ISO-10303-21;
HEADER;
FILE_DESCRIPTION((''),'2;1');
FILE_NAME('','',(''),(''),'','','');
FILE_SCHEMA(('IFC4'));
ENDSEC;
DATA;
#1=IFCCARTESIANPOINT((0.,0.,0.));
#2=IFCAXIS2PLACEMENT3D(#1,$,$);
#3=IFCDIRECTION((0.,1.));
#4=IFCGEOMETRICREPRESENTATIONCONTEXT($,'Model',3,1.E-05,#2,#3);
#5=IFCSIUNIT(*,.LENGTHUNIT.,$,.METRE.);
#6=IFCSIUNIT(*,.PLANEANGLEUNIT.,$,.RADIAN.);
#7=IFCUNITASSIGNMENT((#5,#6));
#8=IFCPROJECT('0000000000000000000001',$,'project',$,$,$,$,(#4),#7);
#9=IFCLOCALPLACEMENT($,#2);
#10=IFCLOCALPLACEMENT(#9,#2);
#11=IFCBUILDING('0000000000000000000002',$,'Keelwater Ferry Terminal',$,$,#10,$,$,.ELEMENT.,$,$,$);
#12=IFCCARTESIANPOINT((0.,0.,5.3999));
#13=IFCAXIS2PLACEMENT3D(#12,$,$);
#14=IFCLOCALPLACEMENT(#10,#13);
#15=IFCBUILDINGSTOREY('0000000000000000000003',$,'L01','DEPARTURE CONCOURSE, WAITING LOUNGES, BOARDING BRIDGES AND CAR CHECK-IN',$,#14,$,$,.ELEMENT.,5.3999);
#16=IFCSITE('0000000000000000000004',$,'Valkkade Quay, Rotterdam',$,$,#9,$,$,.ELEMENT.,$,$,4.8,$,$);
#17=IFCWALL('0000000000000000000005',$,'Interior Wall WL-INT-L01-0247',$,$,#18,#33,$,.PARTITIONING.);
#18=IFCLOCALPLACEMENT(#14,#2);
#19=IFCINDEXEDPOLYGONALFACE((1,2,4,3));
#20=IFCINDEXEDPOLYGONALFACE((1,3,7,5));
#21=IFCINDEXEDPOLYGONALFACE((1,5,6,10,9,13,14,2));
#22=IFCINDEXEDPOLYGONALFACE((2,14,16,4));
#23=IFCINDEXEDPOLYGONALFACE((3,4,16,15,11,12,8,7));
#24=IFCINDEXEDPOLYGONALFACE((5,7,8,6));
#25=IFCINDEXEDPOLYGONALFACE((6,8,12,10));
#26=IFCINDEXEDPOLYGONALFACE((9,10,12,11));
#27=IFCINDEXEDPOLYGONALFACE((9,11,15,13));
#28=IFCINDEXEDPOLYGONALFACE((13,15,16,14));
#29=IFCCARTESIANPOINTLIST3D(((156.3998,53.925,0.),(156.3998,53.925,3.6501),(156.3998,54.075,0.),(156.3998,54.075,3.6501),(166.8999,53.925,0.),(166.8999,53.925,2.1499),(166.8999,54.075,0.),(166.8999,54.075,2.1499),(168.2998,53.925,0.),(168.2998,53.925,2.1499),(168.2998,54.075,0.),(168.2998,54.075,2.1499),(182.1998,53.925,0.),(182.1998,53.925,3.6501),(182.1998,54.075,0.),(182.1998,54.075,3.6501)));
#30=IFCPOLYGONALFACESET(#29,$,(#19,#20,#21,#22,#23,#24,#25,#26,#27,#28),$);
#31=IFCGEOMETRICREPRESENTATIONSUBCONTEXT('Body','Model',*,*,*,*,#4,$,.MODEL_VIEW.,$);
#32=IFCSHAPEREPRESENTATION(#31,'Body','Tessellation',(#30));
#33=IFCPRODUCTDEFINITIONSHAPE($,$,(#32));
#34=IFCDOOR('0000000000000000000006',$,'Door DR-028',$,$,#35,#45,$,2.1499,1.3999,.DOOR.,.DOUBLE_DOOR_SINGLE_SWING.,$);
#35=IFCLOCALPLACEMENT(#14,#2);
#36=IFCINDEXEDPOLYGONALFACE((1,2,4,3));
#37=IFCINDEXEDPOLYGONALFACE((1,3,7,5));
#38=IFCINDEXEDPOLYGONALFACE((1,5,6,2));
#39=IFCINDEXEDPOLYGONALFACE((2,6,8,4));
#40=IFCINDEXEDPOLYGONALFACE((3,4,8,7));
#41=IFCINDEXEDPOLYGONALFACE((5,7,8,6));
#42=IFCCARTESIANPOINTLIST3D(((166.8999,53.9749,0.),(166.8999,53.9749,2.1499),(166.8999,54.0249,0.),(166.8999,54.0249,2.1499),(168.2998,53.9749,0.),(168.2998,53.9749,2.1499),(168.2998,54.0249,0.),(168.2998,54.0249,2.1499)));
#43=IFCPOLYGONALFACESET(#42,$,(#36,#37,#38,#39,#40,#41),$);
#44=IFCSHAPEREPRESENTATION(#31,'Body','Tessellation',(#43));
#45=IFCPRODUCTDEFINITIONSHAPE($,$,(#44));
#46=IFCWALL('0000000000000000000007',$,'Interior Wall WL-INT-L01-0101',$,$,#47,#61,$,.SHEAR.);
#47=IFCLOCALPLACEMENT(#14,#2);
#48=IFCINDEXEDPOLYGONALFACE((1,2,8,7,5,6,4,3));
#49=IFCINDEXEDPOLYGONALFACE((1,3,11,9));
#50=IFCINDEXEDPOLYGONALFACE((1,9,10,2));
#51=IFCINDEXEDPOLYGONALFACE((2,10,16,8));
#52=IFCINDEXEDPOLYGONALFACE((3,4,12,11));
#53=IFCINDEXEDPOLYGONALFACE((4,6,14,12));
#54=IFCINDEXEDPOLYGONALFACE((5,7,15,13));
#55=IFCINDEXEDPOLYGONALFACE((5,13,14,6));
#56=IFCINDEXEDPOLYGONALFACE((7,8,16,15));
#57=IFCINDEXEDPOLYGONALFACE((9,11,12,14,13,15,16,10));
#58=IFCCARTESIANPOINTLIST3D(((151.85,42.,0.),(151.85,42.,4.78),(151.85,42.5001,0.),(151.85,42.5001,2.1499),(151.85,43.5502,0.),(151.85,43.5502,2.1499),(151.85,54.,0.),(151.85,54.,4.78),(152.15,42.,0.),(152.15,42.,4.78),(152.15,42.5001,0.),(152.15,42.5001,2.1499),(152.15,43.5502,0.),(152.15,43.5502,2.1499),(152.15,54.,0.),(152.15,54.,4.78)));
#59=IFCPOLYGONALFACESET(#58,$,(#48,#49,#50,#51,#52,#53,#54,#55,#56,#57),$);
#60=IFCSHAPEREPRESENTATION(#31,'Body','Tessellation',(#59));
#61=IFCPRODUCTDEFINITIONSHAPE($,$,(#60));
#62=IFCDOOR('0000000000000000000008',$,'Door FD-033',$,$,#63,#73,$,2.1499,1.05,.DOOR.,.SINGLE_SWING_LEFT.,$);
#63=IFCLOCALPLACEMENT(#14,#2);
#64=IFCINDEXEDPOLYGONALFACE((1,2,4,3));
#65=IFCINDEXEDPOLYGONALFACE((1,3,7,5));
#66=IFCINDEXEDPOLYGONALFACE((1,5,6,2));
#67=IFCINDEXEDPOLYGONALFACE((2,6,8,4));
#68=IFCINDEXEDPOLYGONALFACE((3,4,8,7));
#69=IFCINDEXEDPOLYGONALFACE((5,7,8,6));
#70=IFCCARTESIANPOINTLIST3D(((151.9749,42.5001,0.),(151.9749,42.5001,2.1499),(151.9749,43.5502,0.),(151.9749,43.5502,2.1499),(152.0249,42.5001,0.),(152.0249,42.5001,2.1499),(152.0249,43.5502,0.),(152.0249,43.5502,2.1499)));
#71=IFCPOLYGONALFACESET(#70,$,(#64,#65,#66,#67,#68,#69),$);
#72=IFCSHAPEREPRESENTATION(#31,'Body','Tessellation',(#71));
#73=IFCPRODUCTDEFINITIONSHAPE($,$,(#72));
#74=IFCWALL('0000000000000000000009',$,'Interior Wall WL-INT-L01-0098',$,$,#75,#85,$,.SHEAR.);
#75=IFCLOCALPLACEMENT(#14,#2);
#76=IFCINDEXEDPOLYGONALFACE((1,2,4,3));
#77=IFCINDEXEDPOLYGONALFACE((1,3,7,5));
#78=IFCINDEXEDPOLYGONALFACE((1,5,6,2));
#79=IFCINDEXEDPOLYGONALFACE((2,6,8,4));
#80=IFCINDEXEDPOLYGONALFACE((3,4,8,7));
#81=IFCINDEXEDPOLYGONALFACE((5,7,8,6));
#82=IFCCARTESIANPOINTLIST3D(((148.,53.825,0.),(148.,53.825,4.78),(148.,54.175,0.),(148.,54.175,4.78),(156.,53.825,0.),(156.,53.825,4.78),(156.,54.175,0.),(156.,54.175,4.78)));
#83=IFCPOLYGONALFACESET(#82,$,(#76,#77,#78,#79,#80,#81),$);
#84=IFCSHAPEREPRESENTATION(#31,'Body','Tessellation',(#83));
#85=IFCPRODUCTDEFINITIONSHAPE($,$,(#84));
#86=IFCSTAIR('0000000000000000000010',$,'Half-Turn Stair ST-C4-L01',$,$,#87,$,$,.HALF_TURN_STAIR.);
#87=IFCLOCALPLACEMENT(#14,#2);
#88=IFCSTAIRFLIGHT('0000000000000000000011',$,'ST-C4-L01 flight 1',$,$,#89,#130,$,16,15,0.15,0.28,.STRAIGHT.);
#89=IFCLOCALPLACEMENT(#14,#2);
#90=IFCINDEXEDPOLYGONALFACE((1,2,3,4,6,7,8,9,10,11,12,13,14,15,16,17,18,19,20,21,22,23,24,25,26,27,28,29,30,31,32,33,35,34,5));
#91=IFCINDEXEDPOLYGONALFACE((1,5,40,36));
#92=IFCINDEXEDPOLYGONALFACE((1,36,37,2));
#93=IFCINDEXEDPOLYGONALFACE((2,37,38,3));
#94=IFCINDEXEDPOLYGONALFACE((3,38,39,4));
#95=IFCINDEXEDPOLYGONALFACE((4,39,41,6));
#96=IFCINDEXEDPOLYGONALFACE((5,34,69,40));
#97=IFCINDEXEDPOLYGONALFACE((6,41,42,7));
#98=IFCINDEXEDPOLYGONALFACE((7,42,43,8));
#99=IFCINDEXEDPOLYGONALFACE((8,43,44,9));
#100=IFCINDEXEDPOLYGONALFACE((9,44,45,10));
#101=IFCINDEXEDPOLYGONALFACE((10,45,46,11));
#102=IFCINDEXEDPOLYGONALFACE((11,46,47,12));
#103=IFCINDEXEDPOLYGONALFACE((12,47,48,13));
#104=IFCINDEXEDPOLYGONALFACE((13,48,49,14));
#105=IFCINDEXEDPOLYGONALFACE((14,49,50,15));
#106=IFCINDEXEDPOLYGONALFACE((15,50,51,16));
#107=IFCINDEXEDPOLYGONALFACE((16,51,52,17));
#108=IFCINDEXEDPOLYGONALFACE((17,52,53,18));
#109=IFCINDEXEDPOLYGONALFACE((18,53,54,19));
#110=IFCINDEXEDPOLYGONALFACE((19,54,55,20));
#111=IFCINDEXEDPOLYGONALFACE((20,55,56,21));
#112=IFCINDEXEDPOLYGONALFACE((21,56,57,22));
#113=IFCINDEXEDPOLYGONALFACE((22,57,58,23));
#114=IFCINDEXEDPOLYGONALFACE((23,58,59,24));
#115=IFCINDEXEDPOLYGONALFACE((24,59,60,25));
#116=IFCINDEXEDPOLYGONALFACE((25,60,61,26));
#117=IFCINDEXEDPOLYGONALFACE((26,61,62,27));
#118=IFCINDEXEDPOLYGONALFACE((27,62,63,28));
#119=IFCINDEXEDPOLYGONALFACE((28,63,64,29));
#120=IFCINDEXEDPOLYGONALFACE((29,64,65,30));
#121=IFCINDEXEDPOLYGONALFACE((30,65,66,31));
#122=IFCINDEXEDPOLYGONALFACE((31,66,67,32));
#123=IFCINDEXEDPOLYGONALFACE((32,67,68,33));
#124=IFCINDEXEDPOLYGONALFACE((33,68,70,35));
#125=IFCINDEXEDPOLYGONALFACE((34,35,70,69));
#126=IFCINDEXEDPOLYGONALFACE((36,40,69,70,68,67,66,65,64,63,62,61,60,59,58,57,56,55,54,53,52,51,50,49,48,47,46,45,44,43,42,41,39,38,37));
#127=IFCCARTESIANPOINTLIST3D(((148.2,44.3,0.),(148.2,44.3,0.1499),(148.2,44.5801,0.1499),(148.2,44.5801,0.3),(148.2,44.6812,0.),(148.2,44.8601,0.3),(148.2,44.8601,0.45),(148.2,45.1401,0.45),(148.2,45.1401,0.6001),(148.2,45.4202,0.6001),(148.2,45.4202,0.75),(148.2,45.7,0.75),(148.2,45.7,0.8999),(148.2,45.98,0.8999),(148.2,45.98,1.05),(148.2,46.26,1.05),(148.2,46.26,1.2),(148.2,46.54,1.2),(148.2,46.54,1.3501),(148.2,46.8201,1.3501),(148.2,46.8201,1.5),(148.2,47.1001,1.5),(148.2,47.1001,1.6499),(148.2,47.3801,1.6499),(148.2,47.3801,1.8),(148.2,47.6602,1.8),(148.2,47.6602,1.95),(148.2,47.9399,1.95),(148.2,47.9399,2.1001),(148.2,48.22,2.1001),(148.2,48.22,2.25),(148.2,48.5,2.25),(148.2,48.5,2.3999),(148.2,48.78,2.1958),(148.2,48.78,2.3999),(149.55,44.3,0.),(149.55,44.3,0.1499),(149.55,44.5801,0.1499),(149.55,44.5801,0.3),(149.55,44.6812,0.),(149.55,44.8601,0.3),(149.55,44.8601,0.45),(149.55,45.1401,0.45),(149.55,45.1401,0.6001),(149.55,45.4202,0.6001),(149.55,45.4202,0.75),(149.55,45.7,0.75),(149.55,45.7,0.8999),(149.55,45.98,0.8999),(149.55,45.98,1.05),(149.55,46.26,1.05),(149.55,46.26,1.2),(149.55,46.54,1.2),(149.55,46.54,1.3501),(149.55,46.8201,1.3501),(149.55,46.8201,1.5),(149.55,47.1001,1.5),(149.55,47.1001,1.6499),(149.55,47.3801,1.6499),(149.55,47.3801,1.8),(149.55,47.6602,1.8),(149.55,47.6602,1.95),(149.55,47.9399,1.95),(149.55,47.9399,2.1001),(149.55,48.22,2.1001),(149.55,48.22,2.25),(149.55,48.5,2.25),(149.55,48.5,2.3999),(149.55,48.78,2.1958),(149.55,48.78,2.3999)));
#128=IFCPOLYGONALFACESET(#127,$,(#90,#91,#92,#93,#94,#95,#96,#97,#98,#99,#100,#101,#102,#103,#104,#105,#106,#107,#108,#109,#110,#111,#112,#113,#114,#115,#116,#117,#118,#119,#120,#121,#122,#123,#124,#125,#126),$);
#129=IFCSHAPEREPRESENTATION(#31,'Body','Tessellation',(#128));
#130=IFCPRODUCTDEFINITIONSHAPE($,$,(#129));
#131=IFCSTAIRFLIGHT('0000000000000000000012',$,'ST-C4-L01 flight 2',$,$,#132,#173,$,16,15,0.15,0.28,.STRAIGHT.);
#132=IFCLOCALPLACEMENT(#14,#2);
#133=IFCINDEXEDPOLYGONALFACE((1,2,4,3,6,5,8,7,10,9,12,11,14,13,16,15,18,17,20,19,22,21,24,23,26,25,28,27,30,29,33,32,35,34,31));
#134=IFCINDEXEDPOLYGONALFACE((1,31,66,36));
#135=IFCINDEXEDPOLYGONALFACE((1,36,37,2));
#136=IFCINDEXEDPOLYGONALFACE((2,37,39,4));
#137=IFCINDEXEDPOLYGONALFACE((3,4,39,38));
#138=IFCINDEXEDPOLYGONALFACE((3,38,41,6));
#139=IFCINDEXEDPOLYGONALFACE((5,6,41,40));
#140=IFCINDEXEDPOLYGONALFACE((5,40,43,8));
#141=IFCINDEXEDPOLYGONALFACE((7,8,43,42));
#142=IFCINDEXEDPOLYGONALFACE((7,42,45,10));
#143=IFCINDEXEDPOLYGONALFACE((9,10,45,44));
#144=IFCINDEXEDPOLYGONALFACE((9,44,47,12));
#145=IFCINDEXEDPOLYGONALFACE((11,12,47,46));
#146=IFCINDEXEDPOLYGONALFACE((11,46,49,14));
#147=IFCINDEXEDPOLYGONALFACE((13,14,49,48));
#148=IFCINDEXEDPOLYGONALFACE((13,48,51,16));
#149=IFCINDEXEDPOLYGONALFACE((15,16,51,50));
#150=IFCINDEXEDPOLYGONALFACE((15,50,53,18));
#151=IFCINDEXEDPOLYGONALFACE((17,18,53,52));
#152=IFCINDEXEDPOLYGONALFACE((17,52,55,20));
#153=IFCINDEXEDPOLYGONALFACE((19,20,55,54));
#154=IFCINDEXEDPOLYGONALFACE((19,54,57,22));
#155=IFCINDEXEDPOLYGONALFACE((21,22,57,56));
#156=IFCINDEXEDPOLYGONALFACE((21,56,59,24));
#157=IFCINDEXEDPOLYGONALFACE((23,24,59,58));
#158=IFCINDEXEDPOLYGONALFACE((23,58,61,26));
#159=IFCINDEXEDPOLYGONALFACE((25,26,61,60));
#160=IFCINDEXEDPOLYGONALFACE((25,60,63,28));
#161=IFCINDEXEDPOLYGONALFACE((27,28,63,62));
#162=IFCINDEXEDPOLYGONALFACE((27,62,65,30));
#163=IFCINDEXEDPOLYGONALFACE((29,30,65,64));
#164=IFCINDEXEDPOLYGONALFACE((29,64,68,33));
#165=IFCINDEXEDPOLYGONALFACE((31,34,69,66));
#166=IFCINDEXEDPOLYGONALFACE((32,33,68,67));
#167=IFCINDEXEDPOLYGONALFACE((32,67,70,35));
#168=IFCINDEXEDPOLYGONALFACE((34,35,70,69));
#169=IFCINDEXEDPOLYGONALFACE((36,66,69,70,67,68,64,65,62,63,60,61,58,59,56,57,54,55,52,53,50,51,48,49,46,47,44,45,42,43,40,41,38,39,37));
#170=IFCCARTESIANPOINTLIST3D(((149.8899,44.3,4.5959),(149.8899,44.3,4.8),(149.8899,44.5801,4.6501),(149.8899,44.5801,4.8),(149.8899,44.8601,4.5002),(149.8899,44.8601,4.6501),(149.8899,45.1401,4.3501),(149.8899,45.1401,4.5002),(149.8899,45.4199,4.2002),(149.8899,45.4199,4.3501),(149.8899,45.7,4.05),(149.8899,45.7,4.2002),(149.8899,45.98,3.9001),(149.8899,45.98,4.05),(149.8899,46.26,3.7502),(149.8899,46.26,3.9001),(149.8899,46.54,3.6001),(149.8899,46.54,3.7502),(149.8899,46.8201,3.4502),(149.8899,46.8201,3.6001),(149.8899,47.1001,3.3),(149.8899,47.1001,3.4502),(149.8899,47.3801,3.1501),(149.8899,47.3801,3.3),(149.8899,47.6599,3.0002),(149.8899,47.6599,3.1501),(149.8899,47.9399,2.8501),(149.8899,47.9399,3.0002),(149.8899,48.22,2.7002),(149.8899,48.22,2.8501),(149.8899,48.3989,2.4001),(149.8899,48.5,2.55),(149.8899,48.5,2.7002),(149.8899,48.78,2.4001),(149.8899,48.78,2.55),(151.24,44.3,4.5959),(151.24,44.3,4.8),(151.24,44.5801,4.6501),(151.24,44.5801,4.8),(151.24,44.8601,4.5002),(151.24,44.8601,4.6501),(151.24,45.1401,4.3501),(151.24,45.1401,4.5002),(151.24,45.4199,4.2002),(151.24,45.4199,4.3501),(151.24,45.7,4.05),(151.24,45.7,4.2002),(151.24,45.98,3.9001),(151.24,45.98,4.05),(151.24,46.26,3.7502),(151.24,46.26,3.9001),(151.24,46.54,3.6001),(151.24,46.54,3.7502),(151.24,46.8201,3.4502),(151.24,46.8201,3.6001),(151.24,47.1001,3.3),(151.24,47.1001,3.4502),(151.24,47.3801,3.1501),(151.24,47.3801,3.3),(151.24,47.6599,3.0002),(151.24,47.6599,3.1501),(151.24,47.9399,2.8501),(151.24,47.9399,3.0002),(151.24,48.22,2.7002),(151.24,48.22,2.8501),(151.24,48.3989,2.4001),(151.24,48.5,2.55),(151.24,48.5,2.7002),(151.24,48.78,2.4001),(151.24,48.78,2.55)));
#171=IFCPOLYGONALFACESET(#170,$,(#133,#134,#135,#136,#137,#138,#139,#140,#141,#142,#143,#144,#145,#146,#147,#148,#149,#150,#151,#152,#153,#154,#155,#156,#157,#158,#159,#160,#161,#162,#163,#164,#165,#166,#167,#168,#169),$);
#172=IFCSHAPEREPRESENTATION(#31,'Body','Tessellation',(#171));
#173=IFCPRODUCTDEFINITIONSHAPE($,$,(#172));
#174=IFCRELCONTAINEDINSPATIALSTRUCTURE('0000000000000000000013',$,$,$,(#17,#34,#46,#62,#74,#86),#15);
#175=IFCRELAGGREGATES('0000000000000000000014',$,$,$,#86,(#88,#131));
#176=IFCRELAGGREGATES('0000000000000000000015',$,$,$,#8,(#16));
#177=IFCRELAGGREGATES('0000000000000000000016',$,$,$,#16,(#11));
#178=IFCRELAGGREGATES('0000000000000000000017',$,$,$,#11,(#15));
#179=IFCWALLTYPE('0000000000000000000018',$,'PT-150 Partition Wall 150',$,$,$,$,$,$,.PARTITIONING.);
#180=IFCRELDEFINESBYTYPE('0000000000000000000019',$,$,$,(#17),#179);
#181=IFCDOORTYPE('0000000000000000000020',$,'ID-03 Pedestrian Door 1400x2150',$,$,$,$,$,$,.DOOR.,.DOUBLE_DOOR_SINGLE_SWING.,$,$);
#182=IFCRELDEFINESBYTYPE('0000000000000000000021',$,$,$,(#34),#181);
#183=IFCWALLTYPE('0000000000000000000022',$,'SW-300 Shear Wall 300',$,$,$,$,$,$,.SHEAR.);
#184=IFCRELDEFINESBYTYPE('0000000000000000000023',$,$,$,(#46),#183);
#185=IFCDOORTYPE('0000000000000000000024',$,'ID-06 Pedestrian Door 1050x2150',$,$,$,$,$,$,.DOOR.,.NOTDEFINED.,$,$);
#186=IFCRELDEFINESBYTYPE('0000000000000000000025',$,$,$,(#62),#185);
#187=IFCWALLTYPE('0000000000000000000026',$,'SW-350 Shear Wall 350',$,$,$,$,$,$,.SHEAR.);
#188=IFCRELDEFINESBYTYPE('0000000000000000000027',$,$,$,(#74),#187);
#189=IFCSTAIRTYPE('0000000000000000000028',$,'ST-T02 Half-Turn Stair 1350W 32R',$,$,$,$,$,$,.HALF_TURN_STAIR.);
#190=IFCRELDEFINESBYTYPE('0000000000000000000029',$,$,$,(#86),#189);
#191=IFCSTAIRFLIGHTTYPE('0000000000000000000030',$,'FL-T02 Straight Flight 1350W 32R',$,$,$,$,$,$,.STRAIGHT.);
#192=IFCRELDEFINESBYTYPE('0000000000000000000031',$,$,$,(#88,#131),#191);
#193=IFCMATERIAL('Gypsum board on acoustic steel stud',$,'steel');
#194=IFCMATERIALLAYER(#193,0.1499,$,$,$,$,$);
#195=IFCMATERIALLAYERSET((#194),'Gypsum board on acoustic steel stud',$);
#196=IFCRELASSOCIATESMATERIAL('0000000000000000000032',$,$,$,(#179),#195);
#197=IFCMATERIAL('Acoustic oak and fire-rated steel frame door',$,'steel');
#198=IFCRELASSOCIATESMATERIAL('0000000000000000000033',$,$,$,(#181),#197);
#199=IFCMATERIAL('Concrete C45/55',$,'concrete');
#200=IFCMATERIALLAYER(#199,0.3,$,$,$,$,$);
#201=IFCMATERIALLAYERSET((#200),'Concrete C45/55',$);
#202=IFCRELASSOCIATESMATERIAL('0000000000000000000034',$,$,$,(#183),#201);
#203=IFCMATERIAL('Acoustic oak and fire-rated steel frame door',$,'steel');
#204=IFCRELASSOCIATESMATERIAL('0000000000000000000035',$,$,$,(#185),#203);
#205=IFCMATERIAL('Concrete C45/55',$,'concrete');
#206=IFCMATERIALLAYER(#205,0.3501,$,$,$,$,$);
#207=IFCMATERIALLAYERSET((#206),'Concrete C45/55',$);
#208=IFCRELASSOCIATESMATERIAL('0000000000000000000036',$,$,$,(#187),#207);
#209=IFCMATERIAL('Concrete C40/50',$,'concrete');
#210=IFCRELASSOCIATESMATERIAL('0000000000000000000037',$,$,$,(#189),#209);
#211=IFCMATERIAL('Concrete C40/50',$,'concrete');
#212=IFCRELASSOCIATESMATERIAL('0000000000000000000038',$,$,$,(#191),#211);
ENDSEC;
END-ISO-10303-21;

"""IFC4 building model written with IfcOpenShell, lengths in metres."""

from ifc_helpers import new_model, si_unit, direction, frame, frame_2d, origin, place, context, subcontext, project, spatial, polyline, rectangle, outline, extrude, material, layer, layer_set, type_object, element, fill, aggregate, save


model = new_model("IFC4")

# Units and contexts
model_context = context("Model", 3, precision=1e-05, world=origin(), true_north=direction((0.0, 1.0)))
body_context = subcontext(model_context, "Body", "Model", "MODEL_VIEW")
ifc_project = project(units=[si_unit("LENGTHUNIT", "METRE"), si_unit("PLANEANGLEUNIT", "RADIAN")], contexts=[model_context])

# Site, building, storey
site_placement = place(None, origin())
site = spatial("IfcSite", under=ifc_project, at=site_placement, Name="Valkkade Quay, Rotterdam", CompositionType="ELEMENT", RefElevation=4.8)
building_placement = place(site_placement, origin())
building = spatial("IfcBuilding", under=site, at=building_placement, Name="Keelwater Ferry Terminal", CompositionType="ELEMENT")
storey_placement = place(building_placement, frame((0.0, 0.0, 5.3999)))
storey = spatial("IfcBuildingStorey", under=building, at=storey_placement, Name="L01", Description="DEPARTURE CONCOURSE, WAITING LOUNGES, BOARDING BRIDGES AND CAR CHECK-IN", CompositionType="ELEMENT", Elevation=5.3999)

# Walls, openings, doors
ifc_material_1 = material(Name="Gypsum board on acoustic steel stud", Category="steel")
ifc_layer_1 = layer(ifc_material_1, 0.1499)
ifc_layer_set_1 = layer_set([ifc_layer_1], Name="Gypsum board on acoustic steel stud")
wall_type_1 = type_object("IfcWallType", Name="PT-150 Partition Wall 150", PredefinedType="PARTITIONING", material=ifc_layer_set_1)
wall_1_placement = place(storey_placement, frame((156.3999, 54.0, 0.0), z_axis=(0.0, 0.0, 1.0), x_axis=(1.0, 0.0, 0.0)))
wall_1 = element("IfcWall", 1, at=wall_1_placement, inside=storey, type_object=wall_type_1, Name="Interior Wall WL-INT-L01-0247", PredefinedType="PARTITIONING", context=body_context, shape_type="SweptSolid", body=[
    extrude(rectangle(XDim=25.8, YDim=0.1499, at=frame_2d((12.8999, 0.0))), origin(), (0.0, 0.0, 1.0), 3.6501),
])
opening_1_placement = place(wall_1_placement, frame((10.5, 0.0, 0.0)))
opening_1 = element("IfcOpeningElement", 2, at=opening_1_placement, cuts=wall_1, PredefinedType="OPENING", context=body_context, shape_type="SweptSolid", body=[
    extrude(rectangle(XDim=1.3999, YDim=2.1499, at=frame_2d((0.7, 1.075))), frame((0.0, 0.085, 0.0), z_axis=(0.0, -1.0, 0.0), x_axis=(1.0, 0.0, 0.0)), (0.0, 0.0, 1.0), 0.1699),
])
ifc_material_2 = material(Name="Acoustic oak and fire-rated steel frame door", Category="steel")
door_type_1 = type_object("IfcDoorType", Name="ID-03 Pedestrian Door 1400x2150", OperationType="DOUBLE_DOOR_SINGLE_SWING", PredefinedType="DOOR", material=ifc_material_2)
door_1_placement = place(opening_1_placement, origin())
door_1 = element("IfcDoor", 3, at=door_1_placement, inside=storey, type_object=door_type_1, Name="Door DR-028", OperationType="DOUBLE_DOOR_SINGLE_SWING", OverallHeight=2.1499, OverallWidth=1.3999, PredefinedType="DOOR", context=body_context, shape_type="SweptSolid", body=[
    extrude(rectangle(XDim=1.3999, YDim=2.1499, at=frame_2d((0.7, 1.075))), frame((0.0, 0.0249, 0.0), z_axis=(0.0, -1.0, 0.0), x_axis=(1.0, 0.0, 0.0)), (0.0, 0.0, 1.0), 0.05),
])
fill(opening_1, door_1)
ifc_material_3 = material(Name="Concrete C45/55", Category="concrete")
ifc_layer_2 = layer(ifc_material_3, 0.3)
ifc_layer_set_2 = layer_set([ifc_layer_2], Name="Concrete C45/55")
wall_type_2 = type_object("IfcWallType", Name="SW-300 Shear Wall 300", PredefinedType="SHEAR", material=ifc_layer_set_2)
wall_2_placement = place(storey_placement, frame((152.0, 54.0, 0.0), z_axis=(0.0, 0.0, 1.0), x_axis=(0.0, -1.0, 0.0)))
wall_2 = element("IfcWall", 4, at=wall_2_placement, inside=storey, type_object=wall_type_2, Name="Interior Wall WL-INT-L01-0101", PredefinedType="SHEAR", context=body_context, shape_type="SweptSolid", body=[
    extrude(rectangle(XDim=12.0, YDim=0.3, at=frame_2d((6.0, 0.0))), origin(), (0.0, 0.0, 1.0), 4.78),
])
opening_2_placement = place(wall_2_placement, frame((10.45, 0.0, 0.0)))
opening_2 = element("IfcOpeningElement", 5, at=opening_2_placement, cuts=wall_2, PredefinedType="OPENING", context=body_context, shape_type="SweptSolid", body=[
    extrude(rectangle(XDim=1.05, YDim=2.1499, at=frame_2d((0.5249, 1.075))), frame((0.0, 0.1599, 0.0), z_axis=(0.0, -1.0, 0.0), x_axis=(1.0, 0.0, 0.0)), (0.0, 0.0, 1.0), 0.3201),
])
ifc_material_4 = material(Name="Acoustic oak and fire-rated steel frame door", Category="steel")
door_type_2 = type_object("IfcDoorType", Name="ID-06 Pedestrian Door 1050x2150", OperationType="NOTDEFINED", PredefinedType="DOOR", material=ifc_material_4)
door_2_placement = place(opening_2_placement, origin())
door_2 = element("IfcDoor", 6, at=door_2_placement, inside=storey, type_object=door_type_2, Name="Door FD-033", OperationType="SINGLE_SWING_LEFT", OverallHeight=2.1499, OverallWidth=1.05, PredefinedType="DOOR", context=body_context, shape_type="SweptSolid", body=[
    extrude(rectangle(XDim=1.05, YDim=2.1499, at=frame_2d((0.5249, 1.075))), frame((0.0, 0.0249, 0.0), z_axis=(0.0, -1.0, 0.0), x_axis=(1.0, 0.0, 0.0)), (0.0, 0.0, 1.0), 0.05),
])
fill(opening_2, door_2)

# Wall
ifc_material_5 = material(Name="Concrete C45/55", Category="concrete")
ifc_layer_3 = layer(ifc_material_5, 0.3501)
ifc_layer_set_3 = layer_set([ifc_layer_3], Name="Concrete C45/55")
wall_type_3 = type_object("IfcWallType", Name="SW-350 Shear Wall 350", PredefinedType="SHEAR", material=ifc_layer_set_3)
wall_3_placement = place(storey_placement, frame((148.0, 54.0, 0.0), z_axis=(0.0, 0.0, 1.0), x_axis=(1.0, 0.0, 0.0)))
element("IfcWall", 7, at=wall_3_placement, inside=storey, type_object=wall_type_3, Name="Interior Wall WL-INT-L01-0098", PredefinedType="SHEAR", context=body_context, shape_type="SweptSolid", body=[
    extrude(rectangle(XDim=8.0, YDim=0.3501, at=frame_2d((4.0, 0.0))), origin(), (0.0, 0.0, 1.0), 4.78),
])

# Stair, stair flights
ifc_material_6 = material(Name="Concrete C40/50", Category="concrete")
stair_type = type_object("IfcStairType", Name="ST-T02 Half-Turn Stair 1350W 32R", PredefinedType="HALF_TURN_STAIR", material=ifc_material_6)
stair_placement = place(storey_placement, origin())
stair = element("IfcStair", 8, at=stair_placement, inside=storey, type_object=stair_type, Name="Half-Turn Stair ST-C4-L01", PredefinedType="HALF_TURN_STAIR")
ifc_material_7 = material(Name="Concrete C40/50", Category="concrete")
stair_flight_type = type_object("IfcStairFlightType", Name="FL-T02 Straight Flight 1350W 32R", PredefinedType="STRAIGHT", material=ifc_material_7)
stair_flight_1_placement = place(storey_placement, frame((148.875, 44.3, 0.0), z_axis=(0.0, 0.0, 1.0), x_axis=(0.0, 1.0, 0.0)))
stair_flight_1 = element("IfcStairFlight", 9, at=stair_flight_1_placement, type_object=stair_flight_type, Name="ST-C4-L01 flight 1", NumberOfRisers=16, NumberOfTreads=15, PredefinedType="STRAIGHT", RiserHeight=0.15, TreadLength=0.28, context=body_context, shape_type="SweptSolid", body=[
    extrude(outline(polyline([(0.0, 0.0), (0.0, 0.1499), (0.28, 0.1499), (0.28, 0.3), (0.5601, 0.3), (0.5601, 0.45), (0.8401, 0.45), (0.8401, 0.6001), (1.1201, 0.6001), (1.1201, 0.75), (1.3999, 0.75), (1.3999, 0.8999), (1.6799, 0.8999), (1.6799, 1.05), (1.96, 1.05), (1.96, 1.2), (2.24, 1.2), (2.24, 1.3501), (2.52, 1.3501), (2.52, 1.5), (2.8, 1.5), (2.8, 1.6499), (3.0801, 1.6499), (3.0801, 1.8), (3.3601, 1.8), (3.3601, 1.95), (3.6399, 1.95), (3.6399, 2.1001), (3.9199, 2.1001), (3.9199, 2.25), (4.2, 2.25), (4.2, 2.3999), (4.48, 2.3999), (4.48, 2.1958), (0.3811, 0.0), (0.0, 0.0)])), frame((0.0, 0.675, 0.0), z_axis=(0.0, -1.0, 0.0), x_axis=(1.0, 0.0, 0.0)), (0.0, 0.0, 1.0), 1.3501),
])
stair_flight_2_placement = place(storey_placement, frame((150.5649, 48.78, 2.4001), z_axis=(0.0, 0.0, 1.0), x_axis=(0.0, -1.0, 0.0)))
stair_flight_2 = element("IfcStairFlight", 10, at=stair_flight_2_placement, type_object=stair_flight_type, Name="ST-C4-L01 flight 2", NumberOfRisers=16, NumberOfTreads=15, PredefinedType="STRAIGHT", RiserHeight=0.15, TreadLength=0.28, context=body_context, shape_type="SweptSolid", body=[
    extrude(outline(polyline([(0.0, 0.0), (0.0, 0.1499), (0.28, 0.1499), (0.28, 0.3), (0.5601, 0.3), (0.5601, 0.45), (0.8401, 0.45), (0.8401, 0.6001), (1.1201, 0.6001), (1.1201, 0.75), (1.3999, 0.75), (1.3999, 0.8999), (1.6799, 0.8999), (1.6799, 1.05), (1.96, 1.05), (1.96, 1.2), (2.24, 1.2), (2.24, 1.3501), (2.52, 1.3501), (2.52, 1.5), (2.8, 1.5), (2.8, 1.6499), (3.0801, 1.6499), (3.0801, 1.8), (3.3601, 1.8), (3.3601, 1.95), (3.6399, 1.95), (3.6399, 2.1001), (3.9199, 2.1001), (3.9199, 2.25), (4.2, 2.25), (4.2, 2.3999), (4.48, 2.3999), (4.48, 2.1958), (0.3811, 0.0), (0.0, 0.0)])), frame((0.0, 0.675, 0.0), z_axis=(0.0, -1.0, 0.0), x_axis=(1.0, 0.0, 0.0)), (0.0, 0.0, 1.0), 1.3501),
])
aggregate(stair, [stair_flight_1, stair_flight_2])

save(model, "model.ifc")
